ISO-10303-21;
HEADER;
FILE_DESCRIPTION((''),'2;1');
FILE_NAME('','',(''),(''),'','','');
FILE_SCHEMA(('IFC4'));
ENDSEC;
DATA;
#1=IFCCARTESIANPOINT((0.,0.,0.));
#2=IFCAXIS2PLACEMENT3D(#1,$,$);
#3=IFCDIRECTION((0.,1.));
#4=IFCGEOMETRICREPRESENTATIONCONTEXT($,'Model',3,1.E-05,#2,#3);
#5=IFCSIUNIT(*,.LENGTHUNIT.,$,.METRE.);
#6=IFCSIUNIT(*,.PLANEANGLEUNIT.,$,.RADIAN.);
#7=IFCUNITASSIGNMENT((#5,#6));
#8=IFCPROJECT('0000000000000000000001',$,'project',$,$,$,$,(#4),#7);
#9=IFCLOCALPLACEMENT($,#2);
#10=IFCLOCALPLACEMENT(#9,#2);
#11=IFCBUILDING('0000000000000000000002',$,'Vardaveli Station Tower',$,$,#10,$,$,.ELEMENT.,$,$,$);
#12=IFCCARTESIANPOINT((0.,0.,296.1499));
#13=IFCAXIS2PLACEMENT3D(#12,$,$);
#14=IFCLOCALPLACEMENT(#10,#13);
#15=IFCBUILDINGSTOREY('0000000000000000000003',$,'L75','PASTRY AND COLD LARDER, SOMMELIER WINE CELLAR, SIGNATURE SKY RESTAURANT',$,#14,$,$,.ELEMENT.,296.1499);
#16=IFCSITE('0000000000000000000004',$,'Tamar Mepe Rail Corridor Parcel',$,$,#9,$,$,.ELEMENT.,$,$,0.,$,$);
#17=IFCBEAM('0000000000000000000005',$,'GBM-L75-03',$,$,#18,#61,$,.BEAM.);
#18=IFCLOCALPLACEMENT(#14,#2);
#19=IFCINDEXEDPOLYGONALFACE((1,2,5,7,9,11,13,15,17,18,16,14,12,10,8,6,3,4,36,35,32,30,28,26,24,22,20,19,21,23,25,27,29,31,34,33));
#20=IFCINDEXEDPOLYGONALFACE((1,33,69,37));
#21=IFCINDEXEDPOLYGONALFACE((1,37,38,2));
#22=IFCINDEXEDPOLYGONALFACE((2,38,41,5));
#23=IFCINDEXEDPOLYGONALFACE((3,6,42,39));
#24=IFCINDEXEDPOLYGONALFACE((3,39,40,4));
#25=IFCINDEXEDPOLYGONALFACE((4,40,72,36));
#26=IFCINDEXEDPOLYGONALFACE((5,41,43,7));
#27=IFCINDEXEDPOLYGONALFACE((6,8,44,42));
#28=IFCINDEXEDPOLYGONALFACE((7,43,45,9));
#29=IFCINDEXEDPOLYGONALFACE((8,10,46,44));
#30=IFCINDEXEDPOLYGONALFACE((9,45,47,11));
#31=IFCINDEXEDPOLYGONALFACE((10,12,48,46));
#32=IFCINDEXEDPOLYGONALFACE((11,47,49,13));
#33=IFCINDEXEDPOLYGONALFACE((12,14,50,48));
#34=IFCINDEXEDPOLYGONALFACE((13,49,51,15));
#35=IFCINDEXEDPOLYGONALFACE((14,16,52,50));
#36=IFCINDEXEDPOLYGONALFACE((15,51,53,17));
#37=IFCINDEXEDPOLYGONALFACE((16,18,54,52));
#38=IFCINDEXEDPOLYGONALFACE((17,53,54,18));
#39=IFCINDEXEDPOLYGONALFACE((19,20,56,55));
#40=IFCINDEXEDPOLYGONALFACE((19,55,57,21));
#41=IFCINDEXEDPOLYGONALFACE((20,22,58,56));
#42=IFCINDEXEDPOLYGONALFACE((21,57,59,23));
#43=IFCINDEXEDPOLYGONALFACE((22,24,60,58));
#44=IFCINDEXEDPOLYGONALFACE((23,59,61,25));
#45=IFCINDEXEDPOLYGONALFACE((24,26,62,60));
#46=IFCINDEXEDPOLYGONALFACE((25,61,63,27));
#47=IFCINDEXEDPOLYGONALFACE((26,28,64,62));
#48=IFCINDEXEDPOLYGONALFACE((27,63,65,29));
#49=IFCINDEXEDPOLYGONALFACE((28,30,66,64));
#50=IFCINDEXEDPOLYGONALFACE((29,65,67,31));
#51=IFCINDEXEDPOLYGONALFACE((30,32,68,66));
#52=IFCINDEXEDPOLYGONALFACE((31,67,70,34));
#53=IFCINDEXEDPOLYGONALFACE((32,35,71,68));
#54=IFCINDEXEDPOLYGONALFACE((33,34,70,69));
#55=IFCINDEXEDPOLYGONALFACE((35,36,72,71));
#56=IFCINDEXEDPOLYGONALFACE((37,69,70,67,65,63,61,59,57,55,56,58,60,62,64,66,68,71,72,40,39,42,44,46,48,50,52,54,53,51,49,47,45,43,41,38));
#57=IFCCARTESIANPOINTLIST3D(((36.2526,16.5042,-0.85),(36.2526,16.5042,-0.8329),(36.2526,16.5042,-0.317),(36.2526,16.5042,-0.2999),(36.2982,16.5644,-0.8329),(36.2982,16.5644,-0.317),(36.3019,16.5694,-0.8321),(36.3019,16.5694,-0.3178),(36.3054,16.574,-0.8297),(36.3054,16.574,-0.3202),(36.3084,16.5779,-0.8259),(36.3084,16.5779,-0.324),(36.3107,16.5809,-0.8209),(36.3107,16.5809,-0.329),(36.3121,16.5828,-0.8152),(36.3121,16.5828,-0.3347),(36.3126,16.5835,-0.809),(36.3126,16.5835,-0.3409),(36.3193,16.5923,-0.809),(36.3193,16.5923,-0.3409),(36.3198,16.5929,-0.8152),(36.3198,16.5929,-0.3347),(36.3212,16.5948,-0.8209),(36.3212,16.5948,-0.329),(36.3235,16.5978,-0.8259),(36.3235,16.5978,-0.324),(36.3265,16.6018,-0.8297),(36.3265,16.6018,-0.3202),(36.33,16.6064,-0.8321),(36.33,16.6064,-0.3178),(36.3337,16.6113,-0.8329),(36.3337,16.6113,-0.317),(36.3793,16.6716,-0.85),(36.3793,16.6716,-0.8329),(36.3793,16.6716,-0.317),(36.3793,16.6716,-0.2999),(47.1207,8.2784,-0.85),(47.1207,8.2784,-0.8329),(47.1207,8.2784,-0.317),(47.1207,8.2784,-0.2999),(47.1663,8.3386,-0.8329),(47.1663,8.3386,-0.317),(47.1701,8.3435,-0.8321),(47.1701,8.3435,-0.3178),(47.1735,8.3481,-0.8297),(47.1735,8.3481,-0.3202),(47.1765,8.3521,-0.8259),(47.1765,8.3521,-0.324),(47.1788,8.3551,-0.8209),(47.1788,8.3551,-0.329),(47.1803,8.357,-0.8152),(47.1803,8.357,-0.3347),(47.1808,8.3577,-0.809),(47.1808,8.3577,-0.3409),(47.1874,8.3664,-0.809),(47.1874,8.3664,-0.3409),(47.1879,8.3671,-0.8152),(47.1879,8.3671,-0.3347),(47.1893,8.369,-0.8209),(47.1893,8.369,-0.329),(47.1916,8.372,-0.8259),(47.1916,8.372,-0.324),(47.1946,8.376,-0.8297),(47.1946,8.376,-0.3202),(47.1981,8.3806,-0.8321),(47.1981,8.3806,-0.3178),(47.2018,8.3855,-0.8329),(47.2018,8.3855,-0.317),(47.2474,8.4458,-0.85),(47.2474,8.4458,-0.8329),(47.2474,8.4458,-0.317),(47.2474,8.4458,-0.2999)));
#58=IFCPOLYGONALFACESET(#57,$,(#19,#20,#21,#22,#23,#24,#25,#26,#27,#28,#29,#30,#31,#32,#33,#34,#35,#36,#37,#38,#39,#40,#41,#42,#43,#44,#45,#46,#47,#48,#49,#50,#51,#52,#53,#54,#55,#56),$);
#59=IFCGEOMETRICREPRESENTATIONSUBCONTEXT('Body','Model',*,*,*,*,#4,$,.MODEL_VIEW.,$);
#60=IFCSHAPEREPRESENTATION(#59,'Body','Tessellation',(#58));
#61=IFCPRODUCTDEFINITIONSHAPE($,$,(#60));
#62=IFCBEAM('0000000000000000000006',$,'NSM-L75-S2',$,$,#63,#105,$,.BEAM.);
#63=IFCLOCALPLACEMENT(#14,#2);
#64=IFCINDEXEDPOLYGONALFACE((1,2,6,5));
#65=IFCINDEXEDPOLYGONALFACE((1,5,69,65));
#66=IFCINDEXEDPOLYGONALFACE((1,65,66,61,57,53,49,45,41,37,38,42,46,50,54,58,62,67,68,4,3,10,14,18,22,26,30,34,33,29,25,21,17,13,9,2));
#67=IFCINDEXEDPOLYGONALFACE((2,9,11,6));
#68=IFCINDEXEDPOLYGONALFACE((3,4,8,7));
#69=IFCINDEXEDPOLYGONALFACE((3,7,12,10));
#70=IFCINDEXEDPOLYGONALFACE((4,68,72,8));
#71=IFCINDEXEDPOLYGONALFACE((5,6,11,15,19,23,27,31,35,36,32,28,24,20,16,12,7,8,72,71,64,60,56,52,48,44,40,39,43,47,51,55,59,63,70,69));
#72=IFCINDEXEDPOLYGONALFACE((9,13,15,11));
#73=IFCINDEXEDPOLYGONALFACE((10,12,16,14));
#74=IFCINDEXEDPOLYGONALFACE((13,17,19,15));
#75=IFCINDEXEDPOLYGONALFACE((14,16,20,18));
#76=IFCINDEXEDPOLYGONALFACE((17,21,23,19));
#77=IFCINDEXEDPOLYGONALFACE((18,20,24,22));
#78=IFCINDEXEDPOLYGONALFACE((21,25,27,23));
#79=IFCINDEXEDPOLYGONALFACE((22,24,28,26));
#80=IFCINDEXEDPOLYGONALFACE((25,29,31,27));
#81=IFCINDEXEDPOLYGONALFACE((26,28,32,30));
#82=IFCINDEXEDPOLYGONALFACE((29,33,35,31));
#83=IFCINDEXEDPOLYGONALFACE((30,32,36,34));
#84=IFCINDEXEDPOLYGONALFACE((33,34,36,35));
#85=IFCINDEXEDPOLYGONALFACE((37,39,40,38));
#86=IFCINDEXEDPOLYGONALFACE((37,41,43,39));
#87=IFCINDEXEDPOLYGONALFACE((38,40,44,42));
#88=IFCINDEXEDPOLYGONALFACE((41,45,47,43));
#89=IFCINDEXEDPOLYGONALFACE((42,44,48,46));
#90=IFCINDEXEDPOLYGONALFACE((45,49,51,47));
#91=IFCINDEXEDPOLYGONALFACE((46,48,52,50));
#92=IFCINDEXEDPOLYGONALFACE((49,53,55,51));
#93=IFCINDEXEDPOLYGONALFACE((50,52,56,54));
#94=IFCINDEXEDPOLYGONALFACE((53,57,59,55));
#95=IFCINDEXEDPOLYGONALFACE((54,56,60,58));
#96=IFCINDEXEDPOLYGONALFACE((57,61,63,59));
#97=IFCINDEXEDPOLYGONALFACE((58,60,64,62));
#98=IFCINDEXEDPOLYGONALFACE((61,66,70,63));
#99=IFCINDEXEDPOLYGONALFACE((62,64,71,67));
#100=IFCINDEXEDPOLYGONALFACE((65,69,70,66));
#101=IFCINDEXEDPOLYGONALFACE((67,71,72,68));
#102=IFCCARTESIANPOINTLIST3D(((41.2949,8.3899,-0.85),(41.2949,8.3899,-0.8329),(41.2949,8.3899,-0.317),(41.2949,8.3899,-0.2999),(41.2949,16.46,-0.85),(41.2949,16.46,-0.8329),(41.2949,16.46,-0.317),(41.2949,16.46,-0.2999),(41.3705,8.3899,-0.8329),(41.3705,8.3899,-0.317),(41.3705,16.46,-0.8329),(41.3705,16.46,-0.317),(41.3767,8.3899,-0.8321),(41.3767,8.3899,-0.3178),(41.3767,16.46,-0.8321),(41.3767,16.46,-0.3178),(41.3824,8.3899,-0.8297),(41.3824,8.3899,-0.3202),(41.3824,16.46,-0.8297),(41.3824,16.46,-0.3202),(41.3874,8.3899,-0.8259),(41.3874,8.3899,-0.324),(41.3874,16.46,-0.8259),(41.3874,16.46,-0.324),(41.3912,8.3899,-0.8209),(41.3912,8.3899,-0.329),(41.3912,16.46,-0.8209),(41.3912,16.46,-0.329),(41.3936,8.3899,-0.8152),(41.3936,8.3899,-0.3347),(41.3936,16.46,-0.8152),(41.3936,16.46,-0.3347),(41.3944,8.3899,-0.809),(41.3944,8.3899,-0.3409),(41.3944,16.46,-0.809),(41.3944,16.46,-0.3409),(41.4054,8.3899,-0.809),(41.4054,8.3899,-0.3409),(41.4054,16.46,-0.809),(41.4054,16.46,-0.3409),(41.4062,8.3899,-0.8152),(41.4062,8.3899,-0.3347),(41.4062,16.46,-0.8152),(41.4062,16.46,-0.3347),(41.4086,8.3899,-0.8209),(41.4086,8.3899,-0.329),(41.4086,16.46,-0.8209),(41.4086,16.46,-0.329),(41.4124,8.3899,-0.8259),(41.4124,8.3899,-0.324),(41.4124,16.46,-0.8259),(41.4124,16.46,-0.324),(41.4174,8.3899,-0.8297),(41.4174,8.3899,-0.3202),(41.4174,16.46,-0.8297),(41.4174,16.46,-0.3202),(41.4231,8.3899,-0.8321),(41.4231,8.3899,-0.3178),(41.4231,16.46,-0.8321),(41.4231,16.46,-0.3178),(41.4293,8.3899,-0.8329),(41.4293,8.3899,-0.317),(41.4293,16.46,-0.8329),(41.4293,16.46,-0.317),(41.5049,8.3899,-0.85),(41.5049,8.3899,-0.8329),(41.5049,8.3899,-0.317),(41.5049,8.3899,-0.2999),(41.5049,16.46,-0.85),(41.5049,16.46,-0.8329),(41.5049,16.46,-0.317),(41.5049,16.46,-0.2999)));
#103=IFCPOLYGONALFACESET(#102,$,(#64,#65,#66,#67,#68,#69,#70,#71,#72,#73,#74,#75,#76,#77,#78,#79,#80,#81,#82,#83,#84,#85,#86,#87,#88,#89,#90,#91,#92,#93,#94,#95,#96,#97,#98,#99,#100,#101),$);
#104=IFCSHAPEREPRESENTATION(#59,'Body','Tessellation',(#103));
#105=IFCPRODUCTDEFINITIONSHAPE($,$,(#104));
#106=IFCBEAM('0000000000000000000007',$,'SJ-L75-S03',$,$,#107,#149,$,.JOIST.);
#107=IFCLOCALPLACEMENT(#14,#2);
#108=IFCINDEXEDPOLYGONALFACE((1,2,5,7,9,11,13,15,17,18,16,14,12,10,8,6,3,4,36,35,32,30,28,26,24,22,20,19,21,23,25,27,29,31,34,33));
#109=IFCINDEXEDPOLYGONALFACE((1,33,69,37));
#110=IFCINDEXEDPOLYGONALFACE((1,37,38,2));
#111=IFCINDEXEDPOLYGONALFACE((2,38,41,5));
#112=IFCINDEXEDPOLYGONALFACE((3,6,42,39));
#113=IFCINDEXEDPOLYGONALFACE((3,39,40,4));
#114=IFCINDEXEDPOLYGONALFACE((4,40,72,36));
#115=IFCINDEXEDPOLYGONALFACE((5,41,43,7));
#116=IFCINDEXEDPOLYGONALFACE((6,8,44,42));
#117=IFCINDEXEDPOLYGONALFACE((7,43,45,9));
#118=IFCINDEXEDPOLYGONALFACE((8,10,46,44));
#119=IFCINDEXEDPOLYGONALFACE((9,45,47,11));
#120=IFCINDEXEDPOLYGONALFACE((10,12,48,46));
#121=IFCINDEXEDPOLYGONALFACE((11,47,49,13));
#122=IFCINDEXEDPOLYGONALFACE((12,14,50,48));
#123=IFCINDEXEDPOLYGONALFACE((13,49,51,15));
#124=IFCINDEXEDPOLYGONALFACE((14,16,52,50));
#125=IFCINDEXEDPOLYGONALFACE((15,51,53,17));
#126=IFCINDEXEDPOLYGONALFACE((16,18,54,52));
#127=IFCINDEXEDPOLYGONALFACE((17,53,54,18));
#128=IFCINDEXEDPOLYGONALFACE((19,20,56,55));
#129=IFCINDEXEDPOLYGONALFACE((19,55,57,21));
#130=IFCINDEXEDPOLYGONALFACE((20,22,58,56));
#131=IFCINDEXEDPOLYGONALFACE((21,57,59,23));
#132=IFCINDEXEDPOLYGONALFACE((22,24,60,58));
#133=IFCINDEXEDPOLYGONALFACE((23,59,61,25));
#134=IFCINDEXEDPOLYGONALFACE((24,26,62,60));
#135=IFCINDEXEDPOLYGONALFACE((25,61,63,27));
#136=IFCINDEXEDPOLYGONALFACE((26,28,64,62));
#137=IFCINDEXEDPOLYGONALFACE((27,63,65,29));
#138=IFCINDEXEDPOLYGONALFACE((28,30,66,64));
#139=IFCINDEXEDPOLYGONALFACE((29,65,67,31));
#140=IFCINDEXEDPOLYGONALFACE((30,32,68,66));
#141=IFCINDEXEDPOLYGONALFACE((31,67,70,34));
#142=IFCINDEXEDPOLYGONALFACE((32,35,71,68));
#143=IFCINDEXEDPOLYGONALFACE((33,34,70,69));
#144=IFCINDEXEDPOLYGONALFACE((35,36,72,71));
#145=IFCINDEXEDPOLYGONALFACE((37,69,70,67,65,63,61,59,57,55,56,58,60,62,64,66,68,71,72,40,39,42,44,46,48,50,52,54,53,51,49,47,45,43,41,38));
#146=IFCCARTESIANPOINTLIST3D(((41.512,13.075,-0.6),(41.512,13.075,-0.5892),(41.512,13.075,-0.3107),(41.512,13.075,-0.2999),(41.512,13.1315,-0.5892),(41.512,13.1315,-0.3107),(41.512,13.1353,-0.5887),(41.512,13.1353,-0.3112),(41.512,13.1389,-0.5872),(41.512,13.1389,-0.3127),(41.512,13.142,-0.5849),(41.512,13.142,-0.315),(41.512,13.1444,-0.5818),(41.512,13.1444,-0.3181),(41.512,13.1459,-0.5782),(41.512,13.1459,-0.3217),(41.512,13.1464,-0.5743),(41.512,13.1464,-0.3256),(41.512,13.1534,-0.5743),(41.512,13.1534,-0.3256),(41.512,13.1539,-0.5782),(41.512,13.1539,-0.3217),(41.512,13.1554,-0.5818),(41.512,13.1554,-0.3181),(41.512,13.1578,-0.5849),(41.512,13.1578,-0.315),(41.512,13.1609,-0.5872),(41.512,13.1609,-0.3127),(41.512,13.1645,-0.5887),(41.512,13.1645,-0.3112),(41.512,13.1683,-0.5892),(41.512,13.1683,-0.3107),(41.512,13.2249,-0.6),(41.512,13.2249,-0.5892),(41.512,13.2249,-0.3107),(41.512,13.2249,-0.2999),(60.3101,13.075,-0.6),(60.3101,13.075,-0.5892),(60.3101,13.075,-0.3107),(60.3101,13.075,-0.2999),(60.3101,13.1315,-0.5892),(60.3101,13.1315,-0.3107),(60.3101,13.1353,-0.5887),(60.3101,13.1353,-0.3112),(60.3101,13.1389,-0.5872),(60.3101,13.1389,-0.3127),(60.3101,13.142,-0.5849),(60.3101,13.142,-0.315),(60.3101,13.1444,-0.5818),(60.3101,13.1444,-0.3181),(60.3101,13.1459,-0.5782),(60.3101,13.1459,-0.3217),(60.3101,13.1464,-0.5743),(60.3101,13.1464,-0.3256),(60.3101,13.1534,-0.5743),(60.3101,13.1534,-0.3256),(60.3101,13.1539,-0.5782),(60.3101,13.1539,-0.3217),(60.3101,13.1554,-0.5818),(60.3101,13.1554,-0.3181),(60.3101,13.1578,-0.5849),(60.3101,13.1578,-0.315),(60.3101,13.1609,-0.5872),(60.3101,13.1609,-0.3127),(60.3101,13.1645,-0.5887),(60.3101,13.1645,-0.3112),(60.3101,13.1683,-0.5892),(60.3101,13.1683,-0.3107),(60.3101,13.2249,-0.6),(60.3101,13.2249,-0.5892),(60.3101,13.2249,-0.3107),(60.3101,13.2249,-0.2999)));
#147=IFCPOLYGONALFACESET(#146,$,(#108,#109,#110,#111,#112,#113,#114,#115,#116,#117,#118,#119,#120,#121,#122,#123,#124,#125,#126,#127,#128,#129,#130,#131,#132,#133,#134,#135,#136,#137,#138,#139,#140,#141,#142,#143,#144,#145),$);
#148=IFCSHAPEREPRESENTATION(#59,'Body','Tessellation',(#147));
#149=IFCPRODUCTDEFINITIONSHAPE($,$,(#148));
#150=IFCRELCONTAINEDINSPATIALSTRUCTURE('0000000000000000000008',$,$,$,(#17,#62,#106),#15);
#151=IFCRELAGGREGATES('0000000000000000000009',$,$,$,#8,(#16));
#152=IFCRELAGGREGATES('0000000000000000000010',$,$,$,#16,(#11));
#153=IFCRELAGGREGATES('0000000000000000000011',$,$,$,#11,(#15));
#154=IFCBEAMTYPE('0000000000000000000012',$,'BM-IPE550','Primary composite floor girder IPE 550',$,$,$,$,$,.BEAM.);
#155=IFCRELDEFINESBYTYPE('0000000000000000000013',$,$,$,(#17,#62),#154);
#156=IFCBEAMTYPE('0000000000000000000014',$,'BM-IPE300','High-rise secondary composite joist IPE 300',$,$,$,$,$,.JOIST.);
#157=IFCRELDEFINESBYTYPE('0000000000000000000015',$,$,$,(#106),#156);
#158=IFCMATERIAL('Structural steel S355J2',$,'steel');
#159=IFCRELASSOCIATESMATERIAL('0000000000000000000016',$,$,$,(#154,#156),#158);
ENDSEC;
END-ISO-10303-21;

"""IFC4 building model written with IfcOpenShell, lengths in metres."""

from ifc_helpers import new_model, si_unit, direction, frame, origin, origin_2d, place, context, subcontext, project, spatial, i_section, extrude, source, transform, mapped, material, material_profile, profile_set, type_object, element, save


model = new_model("IFC4")

# Units and contexts
model_context = context("Model", 3, precision=1e-05, world=origin(), true_north=direction((0.0, 1.0)))
body_context = subcontext(model_context, "Body", "Model", "MODEL_VIEW")
ifc_project = project(units=[si_unit("LENGTHUNIT", "METRE"), si_unit("PLANEANGLEUNIT", "RADIAN")], contexts=[model_context])

# Site, building, storey
site_placement = place(None, origin())
site = spatial("IfcSite", under=ifc_project, at=site_placement, Name="Tamar Mepe Rail Corridor Parcel", CompositionType="ELEMENT", RefElevation=0.0)
building_placement = place(site_placement, origin())
building = spatial("IfcBuilding", under=site, at=building_placement, Name="Vardaveli Station Tower", CompositionType="ELEMENT")
storey_placement = place(building_placement, frame((0.0, 0.0, 296.1499)))
storey = spatial("IfcBuildingStorey", under=building, at=storey_placement, Name="L75", Description="PASTRY AND COLD LARDER, SOMMELIER WINE CELLAR, SIGNATURE SKY RESTAURANT", CompositionType="ELEMENT", Elevation=296.1499)

# Shared definitions
ifc_material_1 = material(Name="Structural steel S355J2", Category="steel")

# Beams
ifc_material_profile_1 = material_profile(ifc_material_1, i_section(OverallWidth=0.21, OverallDepth=0.55, WebThickness=0.011, FlangeThickness=0.0171, FilletRadius=0.0239, at=origin_2d()), Name="IPE 550")
ifc_profile_set_1 = profile_set([ifc_material_profile_1], Name="Structural steel S355J2")
beam_type_1 = type_object("IfcBeamType", Name="BM-IPE550", Description="Primary composite floor girder IPE 550", PredefinedType="BEAM", material=ifc_profile_set_1)
shared_shape_1 = source(origin(), body_context, "Body", "SweptSolid", [
    extrude(i_section(OverallWidth=0.21, OverallDepth=0.55, WebThickness=0.011, FlangeThickness=0.0171, FilletRadius=0.0239, at=origin_2d()), origin(), (0.0, 0.0, 1.0), 13.6301),
])
beam_1_placement = place(storey_placement, frame((47.1841, 8.3621, -0.575), z_axis=(-0.797361, 0.603502, 0.0), x_axis=(-0.603502, -0.797361, 0.0)))
element("IfcBeam", 1, at=beam_1_placement, inside=storey, type_object=beam_type_1, Name="GBM-L75-03", PredefinedType="BEAM", context=body_context, shape_type="MappedRepresentation", body=[
    mapped(shared_shape_1, transform((0.0, 0.0, 0.0), scale=1.0)),
])
shared_shape_2 = source(origin(), body_context, "Body", "SweptSolid", [
    extrude(i_section(OverallWidth=0.21, OverallDepth=0.55, WebThickness=0.011, FlangeThickness=0.0171, FilletRadius=0.0239, at=origin_2d()), origin(), (0.0, 0.0, 1.0), 8.0701),
])
beam_2_placement = place(storey_placement, frame((41.3999, 8.3899, -0.575), z_axis=(0.0, 1.0, 0.0), x_axis=(-1.0, 0.0, 0.0)))
element("IfcBeam", 2, at=beam_2_placement, inside=storey, type_object=beam_type_1, Name="NSM-L75-S2", PredefinedType="BEAM", context=body_context, shape_type="MappedRepresentation", body=[
    mapped(shared_shape_2, transform((0.0, 0.0, 0.0), scale=1.0)),
])
ifc_material_profile_2 = material_profile(ifc_material_1, i_section(OverallWidth=0.1499, OverallDepth=0.3, WebThickness=0.0071, FlangeThickness=0.0107, FilletRadius=0.0149, at=origin_2d()), Name="IPE 300")
ifc_profile_set_2 = profile_set([ifc_material_profile_2], Name="Structural steel S355J2")
beam_type_2 = type_object("IfcBeamType", Name="BM-IPE300", Description="High-rise secondary composite joist IPE 300", PredefinedType="JOIST", material=ifc_profile_set_2)
shared_shape_3 = source(origin(), body_context, "Body", "SweptSolid", [
    extrude(i_section(OverallWidth=0.1499, OverallDepth=0.3, WebThickness=0.0071, FlangeThickness=0.0107, FilletRadius=0.0149, at=origin_2d()), origin(), (0.0, 0.0, 1.0), 18.7981),
])
beam_3_placement = place(storey_placement, frame((41.512, 13.1499, -0.45), z_axis=(1.0, 0.0, 0.0), x_axis=(0.0, 1.0, 0.0)))
element("IfcBeam", 3, at=beam_3_placement, inside=storey, type_object=beam_type_2, Name="SJ-L75-S03", PredefinedType="JOIST", context=body_context, shape_type="MappedRepresentation", body=[
    mapped(shared_shape_3, transform((0.0, 0.0, 0.0), scale=1.0)),
])

save(model, "model.ifc")
